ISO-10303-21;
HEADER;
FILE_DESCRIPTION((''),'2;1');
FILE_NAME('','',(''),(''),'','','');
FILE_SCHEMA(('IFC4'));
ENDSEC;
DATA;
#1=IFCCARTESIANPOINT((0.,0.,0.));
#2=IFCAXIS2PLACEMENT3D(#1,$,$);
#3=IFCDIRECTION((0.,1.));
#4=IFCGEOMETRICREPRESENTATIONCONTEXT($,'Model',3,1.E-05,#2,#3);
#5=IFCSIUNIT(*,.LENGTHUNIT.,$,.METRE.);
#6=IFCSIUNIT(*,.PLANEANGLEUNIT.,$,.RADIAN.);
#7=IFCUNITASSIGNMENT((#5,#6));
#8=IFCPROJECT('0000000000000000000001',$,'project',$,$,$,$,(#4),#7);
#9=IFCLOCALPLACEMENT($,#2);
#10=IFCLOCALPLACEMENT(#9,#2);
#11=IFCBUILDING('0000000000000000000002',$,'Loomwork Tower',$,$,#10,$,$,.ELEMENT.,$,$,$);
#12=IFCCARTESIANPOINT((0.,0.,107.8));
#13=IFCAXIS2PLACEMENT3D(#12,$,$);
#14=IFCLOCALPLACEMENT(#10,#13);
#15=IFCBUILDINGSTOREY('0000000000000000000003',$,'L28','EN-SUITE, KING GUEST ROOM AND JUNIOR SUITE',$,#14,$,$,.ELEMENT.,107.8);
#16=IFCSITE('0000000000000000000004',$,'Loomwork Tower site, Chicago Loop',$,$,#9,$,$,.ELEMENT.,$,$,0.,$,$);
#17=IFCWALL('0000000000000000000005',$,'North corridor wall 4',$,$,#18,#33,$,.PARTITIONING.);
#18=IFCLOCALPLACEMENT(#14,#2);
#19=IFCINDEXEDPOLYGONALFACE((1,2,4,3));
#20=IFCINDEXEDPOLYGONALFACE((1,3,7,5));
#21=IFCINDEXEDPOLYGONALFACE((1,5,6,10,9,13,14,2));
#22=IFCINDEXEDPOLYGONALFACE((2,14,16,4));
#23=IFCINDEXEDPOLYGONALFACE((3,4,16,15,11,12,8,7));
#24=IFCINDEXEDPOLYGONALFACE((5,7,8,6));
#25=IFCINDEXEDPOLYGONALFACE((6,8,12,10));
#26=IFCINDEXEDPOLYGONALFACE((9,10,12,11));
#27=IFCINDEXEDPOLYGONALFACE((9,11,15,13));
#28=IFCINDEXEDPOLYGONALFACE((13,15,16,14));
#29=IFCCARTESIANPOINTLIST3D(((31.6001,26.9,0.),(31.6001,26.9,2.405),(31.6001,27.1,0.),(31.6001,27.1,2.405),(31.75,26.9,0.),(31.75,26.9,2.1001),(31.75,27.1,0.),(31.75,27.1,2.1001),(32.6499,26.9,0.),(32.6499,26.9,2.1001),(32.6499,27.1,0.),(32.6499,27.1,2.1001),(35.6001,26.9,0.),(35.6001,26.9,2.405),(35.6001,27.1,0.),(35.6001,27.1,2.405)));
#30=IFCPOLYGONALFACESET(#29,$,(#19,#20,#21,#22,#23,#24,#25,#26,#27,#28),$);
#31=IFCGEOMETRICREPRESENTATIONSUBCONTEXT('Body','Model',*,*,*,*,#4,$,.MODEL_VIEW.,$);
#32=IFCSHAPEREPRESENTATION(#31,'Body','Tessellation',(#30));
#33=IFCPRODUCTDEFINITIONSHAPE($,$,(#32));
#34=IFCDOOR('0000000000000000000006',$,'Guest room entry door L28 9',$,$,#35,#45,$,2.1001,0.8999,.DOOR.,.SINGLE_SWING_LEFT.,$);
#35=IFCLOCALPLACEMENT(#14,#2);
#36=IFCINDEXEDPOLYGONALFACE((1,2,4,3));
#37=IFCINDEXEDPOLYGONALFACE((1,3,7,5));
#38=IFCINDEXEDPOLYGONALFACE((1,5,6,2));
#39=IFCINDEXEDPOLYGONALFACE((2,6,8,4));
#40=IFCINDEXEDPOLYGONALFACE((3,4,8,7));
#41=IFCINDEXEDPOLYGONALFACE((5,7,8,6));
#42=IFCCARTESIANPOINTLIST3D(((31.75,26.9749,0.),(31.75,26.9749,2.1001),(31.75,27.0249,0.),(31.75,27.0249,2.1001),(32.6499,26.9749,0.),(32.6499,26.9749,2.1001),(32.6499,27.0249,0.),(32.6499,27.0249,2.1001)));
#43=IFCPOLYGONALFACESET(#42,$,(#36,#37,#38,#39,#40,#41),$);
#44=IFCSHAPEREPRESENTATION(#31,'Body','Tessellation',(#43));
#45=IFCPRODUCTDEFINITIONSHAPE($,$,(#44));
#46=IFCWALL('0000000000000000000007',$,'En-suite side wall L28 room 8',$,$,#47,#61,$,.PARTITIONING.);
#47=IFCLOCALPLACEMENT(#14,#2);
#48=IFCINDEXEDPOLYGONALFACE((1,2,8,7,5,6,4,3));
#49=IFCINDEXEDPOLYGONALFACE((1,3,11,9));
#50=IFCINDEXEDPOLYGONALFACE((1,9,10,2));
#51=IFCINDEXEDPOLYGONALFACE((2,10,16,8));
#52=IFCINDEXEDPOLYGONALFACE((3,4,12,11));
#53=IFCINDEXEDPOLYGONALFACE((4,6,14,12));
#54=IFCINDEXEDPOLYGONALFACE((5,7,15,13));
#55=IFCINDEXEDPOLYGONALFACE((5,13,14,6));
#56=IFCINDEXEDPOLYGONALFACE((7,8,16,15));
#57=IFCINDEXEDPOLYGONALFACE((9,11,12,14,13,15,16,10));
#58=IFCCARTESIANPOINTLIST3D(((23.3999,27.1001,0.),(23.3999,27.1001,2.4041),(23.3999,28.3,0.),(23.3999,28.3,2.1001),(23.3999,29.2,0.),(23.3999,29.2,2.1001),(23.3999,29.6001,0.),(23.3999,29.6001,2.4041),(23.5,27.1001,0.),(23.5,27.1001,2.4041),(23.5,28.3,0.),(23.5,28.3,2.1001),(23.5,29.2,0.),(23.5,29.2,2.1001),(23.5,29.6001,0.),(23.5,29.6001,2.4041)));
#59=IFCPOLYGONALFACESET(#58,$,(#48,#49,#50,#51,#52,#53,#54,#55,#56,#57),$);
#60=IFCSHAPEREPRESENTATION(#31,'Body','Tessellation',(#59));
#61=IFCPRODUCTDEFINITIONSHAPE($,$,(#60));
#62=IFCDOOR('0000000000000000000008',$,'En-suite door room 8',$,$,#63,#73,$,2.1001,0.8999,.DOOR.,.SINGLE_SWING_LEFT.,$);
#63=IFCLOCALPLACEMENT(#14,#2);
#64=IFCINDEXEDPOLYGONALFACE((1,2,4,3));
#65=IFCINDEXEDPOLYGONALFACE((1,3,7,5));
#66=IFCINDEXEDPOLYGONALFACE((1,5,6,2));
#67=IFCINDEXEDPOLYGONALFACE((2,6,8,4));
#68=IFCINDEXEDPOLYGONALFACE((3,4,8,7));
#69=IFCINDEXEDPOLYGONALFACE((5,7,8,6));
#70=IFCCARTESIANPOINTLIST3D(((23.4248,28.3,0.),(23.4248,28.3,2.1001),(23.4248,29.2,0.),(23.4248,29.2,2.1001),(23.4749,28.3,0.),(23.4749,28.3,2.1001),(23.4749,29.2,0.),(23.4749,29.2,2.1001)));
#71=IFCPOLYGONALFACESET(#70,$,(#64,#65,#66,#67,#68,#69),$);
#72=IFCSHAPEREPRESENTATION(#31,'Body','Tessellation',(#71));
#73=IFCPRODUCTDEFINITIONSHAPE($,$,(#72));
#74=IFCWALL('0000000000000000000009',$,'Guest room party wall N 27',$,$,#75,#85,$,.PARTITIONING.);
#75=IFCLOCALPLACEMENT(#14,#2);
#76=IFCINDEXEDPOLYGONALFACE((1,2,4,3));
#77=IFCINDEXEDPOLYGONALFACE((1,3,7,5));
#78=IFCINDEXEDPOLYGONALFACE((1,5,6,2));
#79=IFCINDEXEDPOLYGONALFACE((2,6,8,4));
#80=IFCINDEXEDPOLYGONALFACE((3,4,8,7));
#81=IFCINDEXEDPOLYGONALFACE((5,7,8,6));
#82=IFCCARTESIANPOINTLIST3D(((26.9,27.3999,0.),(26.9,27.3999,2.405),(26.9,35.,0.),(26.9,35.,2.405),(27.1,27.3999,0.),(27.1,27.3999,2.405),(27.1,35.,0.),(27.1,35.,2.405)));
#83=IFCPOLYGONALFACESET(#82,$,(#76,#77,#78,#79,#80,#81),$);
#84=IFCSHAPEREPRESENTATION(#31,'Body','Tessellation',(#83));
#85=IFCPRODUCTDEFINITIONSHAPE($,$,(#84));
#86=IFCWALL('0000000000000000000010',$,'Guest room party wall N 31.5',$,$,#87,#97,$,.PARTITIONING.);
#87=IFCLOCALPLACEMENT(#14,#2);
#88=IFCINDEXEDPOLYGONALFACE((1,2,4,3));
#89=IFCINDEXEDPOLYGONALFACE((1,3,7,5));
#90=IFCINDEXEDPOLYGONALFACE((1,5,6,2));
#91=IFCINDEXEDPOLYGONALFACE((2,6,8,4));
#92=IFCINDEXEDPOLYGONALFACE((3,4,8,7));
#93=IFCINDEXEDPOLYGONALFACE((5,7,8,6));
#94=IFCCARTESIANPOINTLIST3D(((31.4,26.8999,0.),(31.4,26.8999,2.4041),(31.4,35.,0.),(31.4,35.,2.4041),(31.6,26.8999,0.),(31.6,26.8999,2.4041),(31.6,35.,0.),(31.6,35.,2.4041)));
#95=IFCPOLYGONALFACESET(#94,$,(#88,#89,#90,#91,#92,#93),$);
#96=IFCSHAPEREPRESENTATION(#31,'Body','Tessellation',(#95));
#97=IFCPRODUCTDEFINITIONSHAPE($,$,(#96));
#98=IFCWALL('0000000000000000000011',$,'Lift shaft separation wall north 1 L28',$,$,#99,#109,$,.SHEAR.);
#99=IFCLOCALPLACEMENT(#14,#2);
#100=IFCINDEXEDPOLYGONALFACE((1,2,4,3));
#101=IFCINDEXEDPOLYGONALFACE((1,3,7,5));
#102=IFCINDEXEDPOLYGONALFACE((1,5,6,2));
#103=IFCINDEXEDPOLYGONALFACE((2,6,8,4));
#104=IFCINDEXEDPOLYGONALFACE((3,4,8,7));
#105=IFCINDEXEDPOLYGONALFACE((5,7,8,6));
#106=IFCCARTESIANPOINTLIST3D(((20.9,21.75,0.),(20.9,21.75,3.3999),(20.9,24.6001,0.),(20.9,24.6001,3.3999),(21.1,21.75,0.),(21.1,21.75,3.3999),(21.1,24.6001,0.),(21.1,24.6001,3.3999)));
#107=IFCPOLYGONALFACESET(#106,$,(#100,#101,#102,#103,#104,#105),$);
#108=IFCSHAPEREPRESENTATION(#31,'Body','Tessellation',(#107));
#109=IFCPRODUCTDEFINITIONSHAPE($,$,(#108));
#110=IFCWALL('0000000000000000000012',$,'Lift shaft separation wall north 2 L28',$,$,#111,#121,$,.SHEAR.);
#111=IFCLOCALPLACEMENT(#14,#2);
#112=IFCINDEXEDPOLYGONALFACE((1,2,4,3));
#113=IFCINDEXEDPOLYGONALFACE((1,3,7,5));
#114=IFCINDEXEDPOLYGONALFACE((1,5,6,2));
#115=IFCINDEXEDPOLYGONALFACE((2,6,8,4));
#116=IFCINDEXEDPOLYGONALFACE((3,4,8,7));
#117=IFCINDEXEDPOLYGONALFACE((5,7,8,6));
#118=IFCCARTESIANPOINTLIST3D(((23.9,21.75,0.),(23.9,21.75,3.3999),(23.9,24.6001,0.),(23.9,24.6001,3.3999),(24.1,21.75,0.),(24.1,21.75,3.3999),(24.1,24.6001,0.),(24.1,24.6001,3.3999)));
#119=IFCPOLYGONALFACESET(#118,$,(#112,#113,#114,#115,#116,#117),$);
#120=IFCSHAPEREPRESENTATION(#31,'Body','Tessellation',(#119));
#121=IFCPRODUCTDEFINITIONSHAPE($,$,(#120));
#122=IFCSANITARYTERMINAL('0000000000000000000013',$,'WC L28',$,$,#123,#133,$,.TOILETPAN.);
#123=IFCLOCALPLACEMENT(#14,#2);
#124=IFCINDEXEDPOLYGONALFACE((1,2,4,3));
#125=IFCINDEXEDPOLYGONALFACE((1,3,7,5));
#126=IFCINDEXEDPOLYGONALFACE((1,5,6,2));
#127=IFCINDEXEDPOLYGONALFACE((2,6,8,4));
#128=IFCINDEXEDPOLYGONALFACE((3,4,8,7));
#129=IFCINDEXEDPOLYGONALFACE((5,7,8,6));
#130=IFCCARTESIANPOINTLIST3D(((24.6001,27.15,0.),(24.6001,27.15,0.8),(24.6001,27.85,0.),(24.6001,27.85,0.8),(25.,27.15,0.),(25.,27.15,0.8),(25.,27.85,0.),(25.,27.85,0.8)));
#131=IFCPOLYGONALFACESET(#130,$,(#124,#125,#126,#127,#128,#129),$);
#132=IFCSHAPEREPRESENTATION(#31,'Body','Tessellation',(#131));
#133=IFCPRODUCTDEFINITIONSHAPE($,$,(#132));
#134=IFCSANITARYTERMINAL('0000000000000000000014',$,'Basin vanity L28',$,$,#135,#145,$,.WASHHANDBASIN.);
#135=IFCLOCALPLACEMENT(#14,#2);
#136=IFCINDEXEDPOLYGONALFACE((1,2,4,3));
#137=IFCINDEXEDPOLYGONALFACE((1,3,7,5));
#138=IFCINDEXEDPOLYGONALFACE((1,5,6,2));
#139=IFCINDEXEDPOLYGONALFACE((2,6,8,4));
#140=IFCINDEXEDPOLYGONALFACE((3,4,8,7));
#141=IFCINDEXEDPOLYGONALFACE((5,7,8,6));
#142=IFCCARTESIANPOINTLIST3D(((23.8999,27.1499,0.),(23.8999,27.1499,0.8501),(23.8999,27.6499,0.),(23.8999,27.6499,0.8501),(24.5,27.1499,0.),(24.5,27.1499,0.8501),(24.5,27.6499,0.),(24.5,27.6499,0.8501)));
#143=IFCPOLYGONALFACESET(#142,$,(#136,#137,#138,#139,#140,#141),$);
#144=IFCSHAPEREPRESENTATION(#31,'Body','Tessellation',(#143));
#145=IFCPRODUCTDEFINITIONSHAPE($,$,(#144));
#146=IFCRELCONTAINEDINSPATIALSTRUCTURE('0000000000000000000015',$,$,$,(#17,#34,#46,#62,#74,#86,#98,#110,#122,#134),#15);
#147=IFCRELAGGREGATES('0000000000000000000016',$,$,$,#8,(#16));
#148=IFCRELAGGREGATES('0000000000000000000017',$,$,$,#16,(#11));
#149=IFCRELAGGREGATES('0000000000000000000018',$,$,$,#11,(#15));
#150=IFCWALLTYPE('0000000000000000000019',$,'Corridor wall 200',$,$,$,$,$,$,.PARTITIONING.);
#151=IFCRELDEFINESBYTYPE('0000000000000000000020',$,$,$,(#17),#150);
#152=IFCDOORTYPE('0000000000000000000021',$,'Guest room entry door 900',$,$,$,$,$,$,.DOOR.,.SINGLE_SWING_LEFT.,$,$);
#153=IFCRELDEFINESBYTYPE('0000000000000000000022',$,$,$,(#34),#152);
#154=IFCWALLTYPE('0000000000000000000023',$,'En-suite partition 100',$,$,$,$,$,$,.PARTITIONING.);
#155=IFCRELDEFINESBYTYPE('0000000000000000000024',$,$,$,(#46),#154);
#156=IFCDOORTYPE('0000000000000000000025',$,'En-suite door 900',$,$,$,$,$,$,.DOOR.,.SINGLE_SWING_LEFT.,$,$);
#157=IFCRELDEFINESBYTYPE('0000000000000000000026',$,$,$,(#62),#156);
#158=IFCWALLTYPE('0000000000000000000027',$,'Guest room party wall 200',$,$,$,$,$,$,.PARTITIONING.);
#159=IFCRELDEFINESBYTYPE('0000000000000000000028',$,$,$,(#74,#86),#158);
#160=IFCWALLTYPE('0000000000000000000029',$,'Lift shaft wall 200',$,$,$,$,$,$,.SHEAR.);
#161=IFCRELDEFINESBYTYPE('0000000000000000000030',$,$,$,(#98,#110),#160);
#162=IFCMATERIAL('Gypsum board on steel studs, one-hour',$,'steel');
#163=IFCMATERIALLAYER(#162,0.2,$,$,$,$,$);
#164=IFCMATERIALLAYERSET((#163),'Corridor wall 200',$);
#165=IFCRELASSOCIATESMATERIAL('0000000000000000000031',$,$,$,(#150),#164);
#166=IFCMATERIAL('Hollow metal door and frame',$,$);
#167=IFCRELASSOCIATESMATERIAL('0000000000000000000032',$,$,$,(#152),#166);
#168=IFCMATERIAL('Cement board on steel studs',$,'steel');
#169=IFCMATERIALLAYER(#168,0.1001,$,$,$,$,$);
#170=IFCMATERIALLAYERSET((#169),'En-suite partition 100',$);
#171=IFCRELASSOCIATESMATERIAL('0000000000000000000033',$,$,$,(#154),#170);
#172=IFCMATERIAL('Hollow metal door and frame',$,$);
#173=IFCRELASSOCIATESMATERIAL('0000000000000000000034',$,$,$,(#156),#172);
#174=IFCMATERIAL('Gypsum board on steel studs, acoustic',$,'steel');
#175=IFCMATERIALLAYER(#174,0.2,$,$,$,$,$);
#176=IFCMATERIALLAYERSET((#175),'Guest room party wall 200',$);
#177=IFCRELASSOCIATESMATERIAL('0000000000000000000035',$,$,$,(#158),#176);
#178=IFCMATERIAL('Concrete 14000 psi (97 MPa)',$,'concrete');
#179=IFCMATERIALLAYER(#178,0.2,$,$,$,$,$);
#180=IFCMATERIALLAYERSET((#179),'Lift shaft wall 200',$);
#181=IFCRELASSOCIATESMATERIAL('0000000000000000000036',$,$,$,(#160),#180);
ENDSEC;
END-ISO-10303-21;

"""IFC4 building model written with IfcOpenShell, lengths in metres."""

from ifc_helpers import new_model, si_unit, direction, frame, frame_2d, origin, origin_2d, place, context, subcontext, project, spatial, rectangle, extrude, material, layer, layer_set, type_object, element, fill, save


model = new_model("IFC4")

# Units and contexts
model_context = context("Model", 3, precision=1e-05, world=origin(), true_north=direction((0.0, 1.0)))
body_context = subcontext(model_context, "Body", "Model", "MODEL_VIEW")
ifc_project = project(units=[si_unit("LENGTHUNIT", "METRE"), si_unit("PLANEANGLEUNIT", "RADIAN")], contexts=[model_context])

# Site, building, storey
site_placement = place(None, origin())
site = spatial("IfcSite", under=ifc_project, at=site_placement, Name="Loomwork Tower site, Chicago Loop", CompositionType="ELEMENT", RefElevation=0.0)
building_placement = place(site_placement, origin())
building = spatial("IfcBuilding", under=site, at=building_placement, Name="Loomwork Tower", CompositionType="ELEMENT")
storey_placement = place(building_placement, frame((0.0, 0.0, 107.8)))
storey = spatial("IfcBuildingStorey", under=building, at=storey_placement, Name="L28", Description="EN-SUITE, KING GUEST ROOM AND JUNIOR SUITE", CompositionType="ELEMENT", Elevation=107.8)

# Walls, openings, doors
ifc_material_1 = material(Name="Gypsum board on steel studs, one-hour", Category="steel")
ifc_layer_1 = layer(ifc_material_1, 0.2)
ifc_layer_set_1 = layer_set([ifc_layer_1], Name="Corridor wall 200")
wall_type_1 = type_object("IfcWallType", Name="Corridor wall 200", PredefinedType="PARTITIONING", material=ifc_layer_set_1)
ifc_material_2 = material(Name="Hollow metal door and frame")
door_type_1 = type_object("IfcDoorType", Name="Guest room entry door 900", OperationType="SINGLE_SWING_LEFT", PredefinedType="DOOR", material=ifc_material_2)
wall_1_placement = place(storey_placement, frame((31.6001, 27.0, 0.0), z_axis=(0.0, 0.0, 1.0), x_axis=(1.0, 0.0, 0.0)))
wall_1 = element("IfcWall", 1, at=wall_1_placement, inside=storey, type_object=wall_type_1, Name="North corridor wall 4", PredefinedType="PARTITIONING", context=body_context, shape_type="SweptSolid", body=[
    extrude(rectangle(XDim=4.0, YDim=0.2, at=frame_2d((2.0, 0.0))), origin(), (0.0, 0.0, 1.0), 2.405),
])
opening_1_placement = place(wall_1_placement, frame((0.1499, 0.0, 0.0)))
opening_1 = element("IfcOpeningElement", 2, at=opening_1_placement, cuts=wall_1, PredefinedType="OPENING", context=body_context, shape_type="SweptSolid", body=[
    extrude(rectangle(XDim=0.8999, YDim=2.1001, at=frame_2d((0.45, 1.05))), frame((0.0, 0.1099, 0.0), z_axis=(0.0, -1.0, 0.0), x_axis=(1.0, 0.0, 0.0)), (0.0, 0.0, 1.0), 0.22),
])
door_1_placement = place(opening_1_placement, origin())
door_1 = element("IfcDoor", 3, at=door_1_placement, inside=storey, type_object=door_type_1, Name="Guest room entry door L28 9", OperationType="SINGLE_SWING_LEFT", OverallHeight=2.1001, OverallWidth=0.8999, PredefinedType="DOOR", context=body_context, shape_type="SweptSolid", body=[
    extrude(rectangle(XDim=0.8999, YDim=2.1001, at=frame_2d((0.45, 1.05))), frame((0.0, 0.0249, 0.0), z_axis=(0.0, -1.0, 0.0), x_axis=(1.0, 0.0, 0.0)), (0.0, 0.0, 1.0), 0.05),
])
fill(opening_1, door_1)
ifc_material_3 = material(Name="Cement board on steel studs", Category="steel")
ifc_layer_2 = layer(ifc_material_3, 0.1001)
ifc_layer_set_2 = layer_set([ifc_layer_2], Name="En-suite partition 100")
wall_type_2 = type_object("IfcWallType", Name="En-suite partition 100", PredefinedType="PARTITIONING", material=ifc_layer_set_2)
wall_2_placement = place(storey_placement, frame((23.45, 27.1001, 0.0), z_axis=(0.0, 0.0, 1.0), x_axis=(0.0, 1.0, 0.0)))
wall_2 = element("IfcWall", 4, at=wall_2_placement, inside=storey, type_object=wall_type_2, Name="En-suite side wall L28 room 8", PredefinedType="PARTITIONING", context=body_context, shape_type="SweptSolid", body=[
    extrude(rectangle(XDim=2.5, YDim=0.1001, at=frame_2d((1.25, 0.0))), origin(), (0.0, 0.0, 1.0), 2.4041),
])
opening_2_placement = place(wall_2_placement, frame((1.2, 0.0, 0.0)))
opening_2 = element("IfcOpeningElement", 5, at=opening_2_placement, cuts=wall_2, PredefinedType="OPENING", context=body_context, shape_type="SweptSolid", body=[
    extrude(rectangle(XDim=0.8999, YDim=2.1001, at=frame_2d((0.45, 1.05))), frame((0.0, 0.0601, 0.0), z_axis=(0.0, -1.0, 0.0), x_axis=(1.0, 0.0, 0.0)), (0.0, 0.0, 1.0), 0.1201),
])
ifc_material_4 = material(Name="Hollow metal door and frame")
door_type_2 = type_object("IfcDoorType", Name="En-suite door 900", OperationType="SINGLE_SWING_LEFT", PredefinedType="DOOR", material=ifc_material_4)
door_2_placement = place(opening_2_placement, frame((0.8999, 0.0, 0.0), z_axis=(0.0, 0.0, 1.0), x_axis=(-1.0, 0.0, 0.0)))
door_2 = element("IfcDoor", 6, at=door_2_placement, inside=storey, type_object=door_type_2, Name="En-suite door room 8", OperationType="SINGLE_SWING_LEFT", OverallHeight=2.1001, OverallWidth=0.8999, PredefinedType="DOOR", context=body_context, shape_type="SweptSolid", body=[
    extrude(rectangle(XDim=0.8999, YDim=2.1001, at=frame_2d((0.45, 1.05))), frame((0.0, 0.0249, 0.0), z_axis=(0.0, -1.0, 0.0), x_axis=(1.0, 0.0, 0.0)), (0.0, 0.0, 1.0), 0.05),
])
fill(opening_2, door_2)

# Walls
ifc_material_5 = material(Name="Gypsum board on steel studs, acoustic", Category="steel")
ifc_layer_3 = layer(ifc_material_5, 0.2)
ifc_layer_set_3 = layer_set([ifc_layer_3], Name="Guest room party wall 200")
wall_type_3 = type_object("IfcWallType", Name="Guest room party wall 200", PredefinedType="PARTITIONING", material=ifc_layer_set_3)
wall_3_placement = place(storey_placement, frame((27.0, 27.3999, 0.0), z_axis=(0.0, 0.0, 1.0), x_axis=(0.0, 1.0, 0.0)))
element("IfcWall", 7, at=wall_3_placement, inside=storey, type_object=wall_type_3, Name="Guest room party wall N 27", PredefinedType="PARTITIONING", context=body_context, shape_type="SweptSolid", body=[
    extrude(rectangle(XDim=7.6001, YDim=0.2, at=frame_2d((3.8, 0.0))), origin(), (0.0, 0.0, 1.0), 2.405),
])
wall_4_placement = place(storey_placement, frame((31.5, 26.8999, 0.0), z_axis=(0.0, 0.0, 1.0), x_axis=(0.0, 1.0, 0.0)))
element("IfcWall", 8, at=wall_4_placement, inside=storey, type_object=wall_type_3, Name="Guest room party wall N 31.5", PredefinedType="PARTITIONING", context=body_context, shape_type="SweptSolid", body=[
    extrude(rectangle(XDim=8.1001, YDim=0.2, at=frame_2d((4.05, 0.0))), origin(), (0.0, 0.0, 1.0), 2.4041),
])
ifc_material_6 = material(Name="Concrete 14000 psi (97 MPa)", Category="concrete")
ifc_layer_4 = layer(ifc_material_6, 0.2)
ifc_layer_set_4 = layer_set([ifc_layer_4], Name="Lift shaft wall 200")
wall_type_4 = type_object("IfcWallType", Name="Lift shaft wall 200", PredefinedType="SHEAR", material=ifc_layer_set_4)
for number, where, z_axis, x_axis, name in (
    (9, (21.0, 21.75, 0.0), (0.0, 0.0, 1.0), (0.0, 1.0, 0.0), "Lift shaft separation wall north 1 L28"),
    (10, (24.0, 21.75, 0.0), (0.0, 0.0, 1.0), (0.0, 1.0, 0.0), "Lift shaft separation wall north 2 L28"),
):
    element("IfcWall", number, at=place(storey_placement, frame(where, z_axis=z_axis, x_axis=x_axis)), inside=storey, type_object=wall_type_4, Name=name, PredefinedType="SHEAR", context=body_context, shape_type="SweptSolid", body=[
        extrude(rectangle(XDim=2.8501, YDim=0.2, at=frame_2d((1.425, 0.0))), origin(), (0.0, 0.0, 1.0), 3.3999),
    ])

# Sanitary terminals
sanitary_terminal_1_placement = place(storey_placement, frame((24.8, 27.5, 0.0), z_axis=(0.0, 0.0, 1.0), x_axis=(1.0, 0.0, 0.0)))
element("IfcSanitaryTerminal", 11, at=sanitary_terminal_1_placement, inside=storey, Name="WC L28", PredefinedType="TOILETPAN", context=body_context, shape_type="SweptSolid", body=[
    extrude(rectangle(XDim=0.3999, YDim=0.7, at=origin_2d()), origin(), (0.0, 0.0, 1.0), 0.8),
])
sanitary_terminal_2_placement = place(storey_placement, frame((24.2, 27.3999, 0.0), z_axis=(0.0, 0.0, 1.0), x_axis=(1.0, 0.0, 0.0)))
element("IfcSanitaryTerminal", 12, at=sanitary_terminal_2_placement, inside=storey, Name="Basin vanity L28", PredefinedType="WASHHANDBASIN", context=body_context, shape_type="SweptSolid", body=[
    extrude(rectangle(XDim=0.6001, YDim=0.5, at=origin_2d()), origin(), (0.0, 0.0, 1.0), 0.8501),
])

save(model, "model.ifc")
